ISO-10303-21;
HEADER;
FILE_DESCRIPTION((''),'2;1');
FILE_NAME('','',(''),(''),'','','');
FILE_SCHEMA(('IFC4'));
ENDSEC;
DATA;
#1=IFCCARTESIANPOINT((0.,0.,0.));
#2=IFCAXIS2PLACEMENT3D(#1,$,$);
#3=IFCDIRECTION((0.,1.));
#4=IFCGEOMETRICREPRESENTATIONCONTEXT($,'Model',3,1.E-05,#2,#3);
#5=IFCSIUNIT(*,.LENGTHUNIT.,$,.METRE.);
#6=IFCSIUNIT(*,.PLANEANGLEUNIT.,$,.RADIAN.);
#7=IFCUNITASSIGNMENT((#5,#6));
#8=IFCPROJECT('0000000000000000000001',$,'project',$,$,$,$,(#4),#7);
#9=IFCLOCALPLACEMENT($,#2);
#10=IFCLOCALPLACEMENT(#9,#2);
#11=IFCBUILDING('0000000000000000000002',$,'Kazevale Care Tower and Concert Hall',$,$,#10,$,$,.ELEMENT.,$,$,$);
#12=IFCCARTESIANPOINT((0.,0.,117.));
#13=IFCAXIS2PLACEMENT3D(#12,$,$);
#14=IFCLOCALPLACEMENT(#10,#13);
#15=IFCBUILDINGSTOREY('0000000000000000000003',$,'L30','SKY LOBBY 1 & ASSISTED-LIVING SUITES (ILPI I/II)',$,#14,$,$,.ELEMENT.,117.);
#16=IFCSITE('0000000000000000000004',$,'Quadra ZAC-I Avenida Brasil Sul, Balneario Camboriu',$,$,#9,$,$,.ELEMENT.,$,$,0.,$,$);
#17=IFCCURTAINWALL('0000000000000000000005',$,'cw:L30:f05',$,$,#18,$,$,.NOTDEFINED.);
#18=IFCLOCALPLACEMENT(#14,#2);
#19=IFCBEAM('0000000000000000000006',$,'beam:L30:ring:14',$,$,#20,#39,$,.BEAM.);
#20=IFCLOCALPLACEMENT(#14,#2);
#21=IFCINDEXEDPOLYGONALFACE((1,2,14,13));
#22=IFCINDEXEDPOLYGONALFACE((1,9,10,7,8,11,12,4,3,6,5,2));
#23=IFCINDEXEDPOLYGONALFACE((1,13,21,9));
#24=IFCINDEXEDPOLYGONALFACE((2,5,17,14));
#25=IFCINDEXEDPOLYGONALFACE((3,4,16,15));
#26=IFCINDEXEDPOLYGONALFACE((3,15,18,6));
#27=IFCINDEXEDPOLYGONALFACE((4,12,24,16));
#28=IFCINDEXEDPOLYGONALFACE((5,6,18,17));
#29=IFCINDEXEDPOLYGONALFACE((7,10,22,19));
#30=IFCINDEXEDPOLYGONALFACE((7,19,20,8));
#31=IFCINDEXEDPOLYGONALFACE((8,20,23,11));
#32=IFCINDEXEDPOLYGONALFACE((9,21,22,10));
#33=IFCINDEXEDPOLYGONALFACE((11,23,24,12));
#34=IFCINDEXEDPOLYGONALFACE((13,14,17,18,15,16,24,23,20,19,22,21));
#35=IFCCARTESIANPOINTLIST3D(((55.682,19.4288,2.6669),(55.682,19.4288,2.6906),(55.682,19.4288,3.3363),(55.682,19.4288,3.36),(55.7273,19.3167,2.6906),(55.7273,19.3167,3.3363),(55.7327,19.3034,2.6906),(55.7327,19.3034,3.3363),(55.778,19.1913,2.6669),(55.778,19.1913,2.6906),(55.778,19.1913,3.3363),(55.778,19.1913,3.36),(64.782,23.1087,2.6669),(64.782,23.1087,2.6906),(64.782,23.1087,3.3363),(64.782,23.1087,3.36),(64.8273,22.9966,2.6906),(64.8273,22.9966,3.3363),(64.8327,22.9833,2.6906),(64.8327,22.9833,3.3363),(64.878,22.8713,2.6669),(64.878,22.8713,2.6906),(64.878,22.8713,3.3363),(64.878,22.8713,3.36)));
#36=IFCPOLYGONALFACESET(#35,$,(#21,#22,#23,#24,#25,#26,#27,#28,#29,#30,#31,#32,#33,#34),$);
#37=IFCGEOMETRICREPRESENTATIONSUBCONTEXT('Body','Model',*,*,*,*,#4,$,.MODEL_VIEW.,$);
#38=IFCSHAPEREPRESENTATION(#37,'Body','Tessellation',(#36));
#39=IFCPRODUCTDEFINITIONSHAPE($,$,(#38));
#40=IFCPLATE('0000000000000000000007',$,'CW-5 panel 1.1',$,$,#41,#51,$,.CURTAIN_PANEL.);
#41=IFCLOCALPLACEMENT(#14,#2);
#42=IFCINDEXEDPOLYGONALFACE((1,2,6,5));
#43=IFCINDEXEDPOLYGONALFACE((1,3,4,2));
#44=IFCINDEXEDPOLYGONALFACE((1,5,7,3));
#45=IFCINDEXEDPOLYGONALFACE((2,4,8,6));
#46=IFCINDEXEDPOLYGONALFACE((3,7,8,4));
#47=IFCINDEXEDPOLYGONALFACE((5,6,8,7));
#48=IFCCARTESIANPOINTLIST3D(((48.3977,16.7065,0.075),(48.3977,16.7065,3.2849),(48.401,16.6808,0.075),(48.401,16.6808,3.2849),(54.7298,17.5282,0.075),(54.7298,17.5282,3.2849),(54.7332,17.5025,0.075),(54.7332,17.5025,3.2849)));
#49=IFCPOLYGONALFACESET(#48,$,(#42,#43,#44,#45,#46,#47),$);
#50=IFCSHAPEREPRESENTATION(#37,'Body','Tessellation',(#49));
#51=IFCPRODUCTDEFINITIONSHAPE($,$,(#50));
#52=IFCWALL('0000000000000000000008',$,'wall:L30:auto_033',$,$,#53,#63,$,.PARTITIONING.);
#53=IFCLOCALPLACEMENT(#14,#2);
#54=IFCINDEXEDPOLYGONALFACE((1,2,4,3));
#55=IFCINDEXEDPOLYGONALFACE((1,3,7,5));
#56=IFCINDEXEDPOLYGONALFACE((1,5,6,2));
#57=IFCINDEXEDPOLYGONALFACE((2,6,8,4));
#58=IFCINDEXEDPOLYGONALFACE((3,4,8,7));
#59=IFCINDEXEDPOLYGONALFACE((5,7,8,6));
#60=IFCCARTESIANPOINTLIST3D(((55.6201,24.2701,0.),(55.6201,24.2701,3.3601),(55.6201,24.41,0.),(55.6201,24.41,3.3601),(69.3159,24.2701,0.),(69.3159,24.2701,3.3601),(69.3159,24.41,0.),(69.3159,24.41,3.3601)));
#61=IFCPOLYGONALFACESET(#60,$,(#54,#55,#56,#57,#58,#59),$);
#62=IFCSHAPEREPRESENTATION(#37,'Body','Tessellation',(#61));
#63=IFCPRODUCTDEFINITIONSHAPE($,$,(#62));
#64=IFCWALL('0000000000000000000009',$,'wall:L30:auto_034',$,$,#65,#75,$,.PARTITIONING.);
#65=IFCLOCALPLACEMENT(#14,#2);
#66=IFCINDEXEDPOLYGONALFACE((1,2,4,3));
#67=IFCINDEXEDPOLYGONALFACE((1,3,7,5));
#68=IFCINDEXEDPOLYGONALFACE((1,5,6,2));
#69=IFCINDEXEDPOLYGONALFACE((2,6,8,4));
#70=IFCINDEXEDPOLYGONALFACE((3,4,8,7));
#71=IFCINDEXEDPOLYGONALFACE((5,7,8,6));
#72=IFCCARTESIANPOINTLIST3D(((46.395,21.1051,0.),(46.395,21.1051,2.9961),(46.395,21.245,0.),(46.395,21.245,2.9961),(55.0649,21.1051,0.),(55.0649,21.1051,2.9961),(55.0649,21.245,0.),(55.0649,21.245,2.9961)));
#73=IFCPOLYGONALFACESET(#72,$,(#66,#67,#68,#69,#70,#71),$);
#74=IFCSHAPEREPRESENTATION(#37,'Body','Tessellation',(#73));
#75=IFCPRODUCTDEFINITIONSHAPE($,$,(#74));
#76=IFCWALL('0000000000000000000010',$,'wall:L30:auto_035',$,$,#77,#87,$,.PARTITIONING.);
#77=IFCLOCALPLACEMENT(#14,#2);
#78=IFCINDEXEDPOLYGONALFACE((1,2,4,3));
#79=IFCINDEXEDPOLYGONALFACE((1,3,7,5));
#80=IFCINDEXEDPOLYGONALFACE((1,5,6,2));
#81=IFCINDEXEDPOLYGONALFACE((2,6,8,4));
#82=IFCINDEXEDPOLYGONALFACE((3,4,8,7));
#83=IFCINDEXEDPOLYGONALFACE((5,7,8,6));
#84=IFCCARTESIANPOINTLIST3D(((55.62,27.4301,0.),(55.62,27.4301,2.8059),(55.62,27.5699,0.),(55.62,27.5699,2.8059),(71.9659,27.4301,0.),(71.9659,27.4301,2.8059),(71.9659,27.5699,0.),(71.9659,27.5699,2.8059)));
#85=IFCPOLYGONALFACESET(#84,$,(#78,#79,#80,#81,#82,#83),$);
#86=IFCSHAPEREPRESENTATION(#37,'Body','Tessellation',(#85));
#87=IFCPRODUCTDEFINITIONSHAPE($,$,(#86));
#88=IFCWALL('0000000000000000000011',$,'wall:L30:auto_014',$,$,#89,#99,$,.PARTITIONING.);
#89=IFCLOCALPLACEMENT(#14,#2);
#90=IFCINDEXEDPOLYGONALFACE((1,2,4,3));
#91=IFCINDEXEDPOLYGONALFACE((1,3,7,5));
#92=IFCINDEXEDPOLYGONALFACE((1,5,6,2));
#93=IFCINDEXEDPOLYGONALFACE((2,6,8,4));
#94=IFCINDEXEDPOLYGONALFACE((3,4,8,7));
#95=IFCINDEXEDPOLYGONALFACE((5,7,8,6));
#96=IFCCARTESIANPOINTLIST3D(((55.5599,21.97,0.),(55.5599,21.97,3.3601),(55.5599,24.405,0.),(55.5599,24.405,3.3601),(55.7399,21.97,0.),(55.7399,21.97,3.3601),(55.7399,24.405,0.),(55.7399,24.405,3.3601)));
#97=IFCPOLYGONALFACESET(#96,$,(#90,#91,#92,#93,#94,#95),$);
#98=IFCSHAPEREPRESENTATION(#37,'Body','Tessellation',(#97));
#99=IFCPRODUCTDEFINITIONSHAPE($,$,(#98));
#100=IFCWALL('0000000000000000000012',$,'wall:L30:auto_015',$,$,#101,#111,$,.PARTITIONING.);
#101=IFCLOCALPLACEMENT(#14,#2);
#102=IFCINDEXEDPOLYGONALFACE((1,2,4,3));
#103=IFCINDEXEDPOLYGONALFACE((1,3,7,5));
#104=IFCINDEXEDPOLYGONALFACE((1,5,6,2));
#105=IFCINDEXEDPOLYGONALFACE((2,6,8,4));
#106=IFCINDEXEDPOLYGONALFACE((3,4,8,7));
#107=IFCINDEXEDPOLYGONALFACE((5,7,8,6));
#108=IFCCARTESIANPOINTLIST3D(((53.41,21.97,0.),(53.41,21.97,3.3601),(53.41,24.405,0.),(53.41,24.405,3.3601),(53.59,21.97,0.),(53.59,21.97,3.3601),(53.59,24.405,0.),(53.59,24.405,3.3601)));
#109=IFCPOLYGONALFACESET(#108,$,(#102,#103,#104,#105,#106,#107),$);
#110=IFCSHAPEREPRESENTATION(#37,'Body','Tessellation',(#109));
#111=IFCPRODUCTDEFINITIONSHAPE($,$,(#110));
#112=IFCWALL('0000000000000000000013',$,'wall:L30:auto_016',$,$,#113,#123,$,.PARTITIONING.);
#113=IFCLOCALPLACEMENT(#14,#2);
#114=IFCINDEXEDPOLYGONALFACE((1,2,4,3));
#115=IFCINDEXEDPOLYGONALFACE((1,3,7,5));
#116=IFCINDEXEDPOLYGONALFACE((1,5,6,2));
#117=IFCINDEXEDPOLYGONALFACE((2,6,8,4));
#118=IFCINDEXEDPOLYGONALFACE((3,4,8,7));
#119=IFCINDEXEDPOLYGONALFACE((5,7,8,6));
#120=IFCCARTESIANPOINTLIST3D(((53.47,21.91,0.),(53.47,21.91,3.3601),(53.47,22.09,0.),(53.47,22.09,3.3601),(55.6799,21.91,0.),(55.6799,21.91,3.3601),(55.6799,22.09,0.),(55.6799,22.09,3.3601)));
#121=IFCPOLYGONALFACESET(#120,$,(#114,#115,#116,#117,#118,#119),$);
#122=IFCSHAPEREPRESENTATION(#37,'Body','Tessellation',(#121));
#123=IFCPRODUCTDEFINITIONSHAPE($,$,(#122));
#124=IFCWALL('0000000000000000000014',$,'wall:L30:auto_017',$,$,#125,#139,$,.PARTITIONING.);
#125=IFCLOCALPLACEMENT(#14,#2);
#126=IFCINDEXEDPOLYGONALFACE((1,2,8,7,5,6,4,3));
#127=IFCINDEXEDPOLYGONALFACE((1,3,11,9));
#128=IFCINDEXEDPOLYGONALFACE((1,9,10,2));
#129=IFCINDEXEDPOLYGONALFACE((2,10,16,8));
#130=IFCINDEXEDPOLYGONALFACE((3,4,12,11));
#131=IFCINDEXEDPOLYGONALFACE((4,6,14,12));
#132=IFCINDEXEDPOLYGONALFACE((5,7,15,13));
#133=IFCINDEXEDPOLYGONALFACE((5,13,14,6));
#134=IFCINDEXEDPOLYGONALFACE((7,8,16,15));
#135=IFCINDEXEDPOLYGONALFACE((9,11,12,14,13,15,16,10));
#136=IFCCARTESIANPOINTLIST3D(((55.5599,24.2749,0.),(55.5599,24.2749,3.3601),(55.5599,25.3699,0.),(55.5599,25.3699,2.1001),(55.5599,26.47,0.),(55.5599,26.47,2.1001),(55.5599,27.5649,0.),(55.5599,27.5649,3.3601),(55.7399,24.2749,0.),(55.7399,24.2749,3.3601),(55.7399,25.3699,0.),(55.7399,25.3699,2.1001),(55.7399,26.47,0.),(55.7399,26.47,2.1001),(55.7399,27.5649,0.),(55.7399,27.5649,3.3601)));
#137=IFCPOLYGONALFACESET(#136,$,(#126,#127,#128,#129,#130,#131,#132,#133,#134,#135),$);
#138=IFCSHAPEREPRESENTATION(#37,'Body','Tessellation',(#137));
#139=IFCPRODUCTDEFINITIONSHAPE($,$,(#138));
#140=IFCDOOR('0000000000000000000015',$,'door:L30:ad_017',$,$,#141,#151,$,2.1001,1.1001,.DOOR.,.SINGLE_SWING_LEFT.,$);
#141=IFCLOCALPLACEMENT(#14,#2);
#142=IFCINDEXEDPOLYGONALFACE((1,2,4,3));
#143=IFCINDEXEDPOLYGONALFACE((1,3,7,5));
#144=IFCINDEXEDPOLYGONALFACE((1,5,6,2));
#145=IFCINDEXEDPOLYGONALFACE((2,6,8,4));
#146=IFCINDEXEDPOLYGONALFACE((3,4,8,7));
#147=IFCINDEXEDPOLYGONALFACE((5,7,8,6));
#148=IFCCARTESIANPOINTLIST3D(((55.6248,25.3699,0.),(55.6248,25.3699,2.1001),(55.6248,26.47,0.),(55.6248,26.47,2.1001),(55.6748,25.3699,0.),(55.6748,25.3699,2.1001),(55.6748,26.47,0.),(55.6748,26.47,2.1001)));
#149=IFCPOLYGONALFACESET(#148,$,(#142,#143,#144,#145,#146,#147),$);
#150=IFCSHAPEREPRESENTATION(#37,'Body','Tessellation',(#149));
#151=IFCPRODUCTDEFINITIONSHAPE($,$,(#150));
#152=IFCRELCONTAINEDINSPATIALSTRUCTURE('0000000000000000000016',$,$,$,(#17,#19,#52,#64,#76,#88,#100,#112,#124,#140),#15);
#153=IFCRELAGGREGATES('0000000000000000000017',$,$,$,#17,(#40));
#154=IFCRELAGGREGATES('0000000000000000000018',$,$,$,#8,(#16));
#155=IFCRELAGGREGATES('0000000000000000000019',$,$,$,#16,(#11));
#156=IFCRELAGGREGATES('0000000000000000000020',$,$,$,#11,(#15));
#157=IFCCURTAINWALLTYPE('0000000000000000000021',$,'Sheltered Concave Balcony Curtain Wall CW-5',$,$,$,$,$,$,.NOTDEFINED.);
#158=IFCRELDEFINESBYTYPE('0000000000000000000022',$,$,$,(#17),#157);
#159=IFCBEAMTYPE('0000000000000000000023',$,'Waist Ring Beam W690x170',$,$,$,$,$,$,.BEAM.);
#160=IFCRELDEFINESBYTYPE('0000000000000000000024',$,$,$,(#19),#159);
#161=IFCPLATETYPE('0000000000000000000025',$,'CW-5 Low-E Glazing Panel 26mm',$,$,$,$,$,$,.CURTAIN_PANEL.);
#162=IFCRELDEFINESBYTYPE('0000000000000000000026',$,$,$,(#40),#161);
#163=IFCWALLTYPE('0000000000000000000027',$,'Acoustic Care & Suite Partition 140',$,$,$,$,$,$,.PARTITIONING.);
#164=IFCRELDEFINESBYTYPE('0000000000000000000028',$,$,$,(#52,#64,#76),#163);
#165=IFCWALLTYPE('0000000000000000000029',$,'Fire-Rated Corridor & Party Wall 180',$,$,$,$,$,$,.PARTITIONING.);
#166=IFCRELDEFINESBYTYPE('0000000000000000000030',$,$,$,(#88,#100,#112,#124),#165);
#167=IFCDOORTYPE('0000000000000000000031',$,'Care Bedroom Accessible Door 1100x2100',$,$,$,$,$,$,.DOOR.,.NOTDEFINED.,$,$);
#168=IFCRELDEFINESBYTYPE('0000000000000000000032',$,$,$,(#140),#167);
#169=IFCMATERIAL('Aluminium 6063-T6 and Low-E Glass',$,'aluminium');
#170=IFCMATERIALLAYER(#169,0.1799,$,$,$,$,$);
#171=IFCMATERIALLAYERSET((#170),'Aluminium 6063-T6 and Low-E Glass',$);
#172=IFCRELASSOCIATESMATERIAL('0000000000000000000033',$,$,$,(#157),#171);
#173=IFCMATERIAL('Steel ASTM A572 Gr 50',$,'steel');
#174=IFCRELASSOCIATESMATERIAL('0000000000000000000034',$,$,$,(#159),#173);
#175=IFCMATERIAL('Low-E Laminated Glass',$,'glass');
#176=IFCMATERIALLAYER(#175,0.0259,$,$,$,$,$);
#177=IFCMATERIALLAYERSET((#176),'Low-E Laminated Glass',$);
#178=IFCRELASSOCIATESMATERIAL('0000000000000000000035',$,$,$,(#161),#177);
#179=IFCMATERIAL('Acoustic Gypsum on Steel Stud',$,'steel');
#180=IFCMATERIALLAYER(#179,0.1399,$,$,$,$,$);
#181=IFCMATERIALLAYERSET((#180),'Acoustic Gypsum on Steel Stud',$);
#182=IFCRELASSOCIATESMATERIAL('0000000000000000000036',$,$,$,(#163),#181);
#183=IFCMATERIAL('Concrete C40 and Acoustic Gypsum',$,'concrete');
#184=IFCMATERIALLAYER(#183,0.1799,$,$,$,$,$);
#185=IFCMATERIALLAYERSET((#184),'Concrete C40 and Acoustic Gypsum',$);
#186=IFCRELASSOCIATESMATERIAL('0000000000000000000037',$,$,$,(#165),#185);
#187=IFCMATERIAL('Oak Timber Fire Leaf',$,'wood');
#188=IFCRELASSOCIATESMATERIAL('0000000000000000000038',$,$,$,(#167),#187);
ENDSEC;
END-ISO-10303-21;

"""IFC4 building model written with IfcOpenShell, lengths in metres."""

from ifc_helpers import new_model, si_unit, direction, frame, frame_2d, origin, origin_2d, place, context, subcontext, project, spatial, rectangle, i_section, extrude, material, layer, layer_set, material_profile, profile_set, type_object, element, fill, aggregate, save


model = new_model("IFC4")

# Units and contexts
model_context = context("Model", 3, precision=1e-05, world=origin(), true_north=direction((0.0, 1.0)))
body_context = subcontext(model_context, "Body", "Model", "MODEL_VIEW")
ifc_project = project(units=[si_unit("LENGTHUNIT", "METRE"), si_unit("PLANEANGLEUNIT", "RADIAN")], contexts=[model_context])

# Site, building, storey
site_placement = place(None, origin())
site = spatial("IfcSite", under=ifc_project, at=site_placement, Name="Quadra ZAC-I Avenida Brasil Sul, Balneario Camboriu", CompositionType="ELEMENT", RefElevation=0.0)
building_placement = place(site_placement, origin())
building = spatial("IfcBuilding", under=site, at=building_placement, Name="Kazevale Care Tower and Concert Hall", CompositionType="ELEMENT")
storey_placement = place(building_placement, frame((0.0, 0.0, 117.0)))
storey = spatial("IfcBuildingStorey", under=building, at=storey_placement, Name="L30", Description="SKY LOBBY 1 & ASSISTED-LIVING SUITES (ILPI I/II)", CompositionType="ELEMENT", Elevation=117.0)

# Curtain wall
ifc_material_1 = material(Name="Aluminium 6063-T6 and Low-E Glass", Category="aluminium")
ifc_layer_1 = layer(ifc_material_1, 0.1799)
ifc_layer_set_1 = layer_set([ifc_layer_1], Name="Aluminium 6063-T6 and Low-E Glass")
curtain_wall_type = type_object("IfcCurtainWallType", Name="Sheltered Concave Balcony Curtain Wall CW-5", PredefinedType="NOTDEFINED", material=ifc_layer_set_1)
curtain_wall_1_placement = place(storey_placement, origin())
curtain_wall_1 = element("IfcCurtainWall", 1, at=curtain_wall_1_placement, inside=storey, type_object=curtain_wall_type, Name="cw:L30:f05", PredefinedType="NOTDEFINED")

# Beam
ifc_material_2 = material(Name="Steel ASTM A572 Gr 50", Category="steel")
ifc_material_profile_1 = material_profile(ifc_material_2, i_section(OverallWidth=0.2561, OverallDepth=0.6931, WebThickness=0.0144, FlangeThickness=0.0237, at=origin_2d()), Name="W690x170")
ifc_profile_set_1 = profile_set([ifc_material_profile_1], Name="Steel ASTM A572 Gr 50")
beam_type_1 = type_object("IfcBeamType", Name="Waist Ring Beam W690x170", PredefinedType="BEAM", material=ifc_profile_set_1)
beam_1_placement = place(storey_placement, frame((55.73, 19.3101, 3.0134), z_axis=(0.927069, 0.374892, 0.0), x_axis=(-0.374892, 0.927069, 0.0)))
element("IfcBeam", 2, at=beam_1_placement, inside=storey, type_object=beam_type_1, Name="beam:L30:ring:14", PredefinedType="BEAM", context=body_context, shape_type="SweptSolid", body=[
    extrude(i_section(OverallWidth=0.2561, OverallDepth=0.6931, WebThickness=0.0144, FlangeThickness=0.0237, at=origin_2d()), origin(), (0.0, 0.0, 1.0), 9.8159),
])

# Plate
ifc_material_3 = material(Name="Low-E Laminated Glass", Category="glass")
ifc_layer_2 = layer(ifc_material_3, 0.0259)
ifc_layer_set_2 = layer_set([ifc_layer_2], Name="Low-E Laminated Glass")
plate_type = type_object("IfcPlateType", Name="CW-5 Low-E Glazing Panel 26mm", PredefinedType="CURTAIN_PANEL", material=ifc_layer_set_2)
plate_placement = place(storey_placement, frame((51.5654, 17.1045, 0.075), z_axis=(0.0, 0.0, 1.0), x_axis=(-0.991686, -0.128685, 0.0)))
plate = element("IfcPlate", 3, at=plate_placement, type_object=plate_type, Name="CW-5 panel 1.1", PredefinedType="CURTAIN_PANEL", context=body_context, shape_type="SweptSolid", body=[
    extrude(rectangle(XDim=6.3853, YDim=0.0259, at=origin_2d()), origin(), (0.0, 0.0, 1.0), 3.21),
])
aggregate(curtain_wall_1, [plate])

# Walls
ifc_material_4 = material(Name="Acoustic Gypsum on Steel Stud", Category="steel")
ifc_layer_3 = layer(ifc_material_4, 0.1399)
ifc_layer_set_3 = layer_set([ifc_layer_3], Name="Acoustic Gypsum on Steel Stud")
wall_type_1 = type_object("IfcWallType", Name="Acoustic Care & Suite Partition 140", PredefinedType="PARTITIONING", material=ifc_layer_set_3)
wall_1_placement = place(storey_placement, frame((55.6201, 24.3401, 0.0), z_axis=(0.0, 0.0, 1.0), x_axis=(1.0, 0.0, 0.0)))
element("IfcWall", 4, at=wall_1_placement, inside=storey, type_object=wall_type_1, Name="wall:L30:auto_033", PredefinedType="PARTITIONING", context=body_context, shape_type="SweptSolid", body=[
    extrude(rectangle(XDim=13.6958, YDim=0.1399, at=frame_2d((6.8479, 0.0))), origin(), (0.0, 0.0, 1.0), 3.3601),
])
wall_2_placement = place(storey_placement, frame((55.0649, 21.175, 0.0), z_axis=(0.0, 0.0, 1.0), x_axis=(-1.0, 0.0, 0.0)))
element("IfcWall", 5, at=wall_2_placement, inside=storey, type_object=wall_type_1, Name="wall:L30:auto_034", PredefinedType="PARTITIONING", context=body_context, shape_type="SweptSolid", body=[
    extrude(rectangle(XDim=8.6699, YDim=0.1399, at=frame_2d((4.335, 0.0))), origin(), (0.0, 0.0, 1.0), 2.9961),
])
wall_3_placement = place(storey_placement, frame((55.6201, 27.5, 0.0), z_axis=(0.0, 0.0, 1.0), x_axis=(1.0, 0.0, 0.0)))
element("IfcWall", 6, at=wall_3_placement, inside=storey, type_object=wall_type_1, Name="wall:L30:auto_035", PredefinedType="PARTITIONING", context=body_context, shape_type="SweptSolid", body=[
    extrude(rectangle(XDim=16.3459, YDim=0.1399, at=frame_2d((8.1729, 0.0))), origin(), (0.0, 0.0, 1.0), 2.8059),
])
ifc_material_5 = material(Name="Concrete C40 and Acoustic Gypsum", Category="concrete")
ifc_layer_4 = layer(ifc_material_5, 0.1799)
ifc_layer_set_4 = layer_set([ifc_layer_4], Name="Concrete C40 and Acoustic Gypsum")
wall_type_2 = type_object("IfcWallType", Name="Fire-Rated Corridor & Party Wall 180", PredefinedType="PARTITIONING", material=ifc_layer_set_4)
for number, where, z_axis, x_axis, name in (
    (7, (55.6499, 24.405, 0.0), (0.0, 0.0, 1.0), (0.0, -1.0, 0.0), "wall:L30:auto_014"),
    (8, (53.5, 21.97, 0.0), (0.0, 0.0, 1.0), (0.0, 1.0, 0.0), "wall:L30:auto_015"),
):
    element("IfcWall", number, at=place(storey_placement, frame(where, z_axis=z_axis, x_axis=x_axis)), inside=storey, type_object=wall_type_2, Name=name, PredefinedType="PARTITIONING", context=body_context, shape_type="SweptSolid", body=[
        extrude(rectangle(XDim=2.4351, YDim=0.1799, at=frame_2d((1.2175, 0.0))), origin(), (0.0, 0.0, 1.0), 3.3601),
    ])
wall_4_placement = place(storey_placement, frame((55.6799, 22.0, 0.0), z_axis=(0.0, 0.0, 1.0), x_axis=(-1.0, 0.0, 0.0)))
element("IfcWall", 9, at=wall_4_placement, inside=storey, type_object=wall_type_2, Name="wall:L30:auto_016", PredefinedType="PARTITIONING", context=body_context, shape_type="SweptSolid", body=[
    extrude(rectangle(XDim=2.21, YDim=0.1799, at=frame_2d((1.105, 0.0))), origin(), (0.0, 0.0, 1.0), 3.3601),
])

# Wall, opening, door
wall_5_placement = place(storey_placement, frame((55.6499, 27.5649, 0.0), z_axis=(0.0, 0.0, 1.0), x_axis=(0.0, -1.0, 0.0)))
wall_5 = element("IfcWall", 10, at=wall_5_placement, inside=storey, type_object=wall_type_2, Name="wall:L30:auto_017", PredefinedType="PARTITIONING", context=body_context, shape_type="SweptSolid", body=[
    extrude(rectangle(XDim=3.29, YDim=0.1799, at=frame_2d((1.645, 0.0))), origin(), (0.0, 0.0, 1.0), 3.3601),
])
opening_placement = place(wall_5_placement, frame((1.095, 0.0, 0.0)))
opening = element("IfcOpeningElement", 11, at=opening_placement, cuts=wall_5, PredefinedType="OPENING", context=body_context, shape_type="SweptSolid", body=[
    extrude(rectangle(XDim=1.1001, YDim=2.1001, at=frame_2d((0.55, 1.05))), frame((0.0, 0.0999, 0.0), z_axis=(0.0, -1.0, 0.0), x_axis=(1.0, 0.0, 0.0)), (0.0, 0.0, 1.0), 0.2),
])
ifc_material_6 = material(Name="Oak Timber Fire Leaf", Category="wood")
door_type = type_object("IfcDoorType", Name="Care Bedroom Accessible Door 1100x2100", OperationType="NOTDEFINED", PredefinedType="DOOR", material=ifc_material_6)
door_placement = place(opening_placement, origin())
door = element("IfcDoor", 12, at=door_placement, inside=storey, type_object=door_type, Name="door:L30:ad_017", OperationType="SINGLE_SWING_LEFT", OverallHeight=2.1001, OverallWidth=1.1001, PredefinedType="DOOR", context=body_context, shape_type="SweptSolid", body=[
    extrude(rectangle(XDim=1.1001, YDim=2.1001, at=frame_2d((0.55, 1.05))), frame((0.0, 0.0249, 0.0), z_axis=(0.0, -1.0, 0.0), x_axis=(1.0, 0.0, 0.0)), (0.0, 0.0, 1.0), 0.05),
])
fill(opening, door)

save(model, "model.ifc")
